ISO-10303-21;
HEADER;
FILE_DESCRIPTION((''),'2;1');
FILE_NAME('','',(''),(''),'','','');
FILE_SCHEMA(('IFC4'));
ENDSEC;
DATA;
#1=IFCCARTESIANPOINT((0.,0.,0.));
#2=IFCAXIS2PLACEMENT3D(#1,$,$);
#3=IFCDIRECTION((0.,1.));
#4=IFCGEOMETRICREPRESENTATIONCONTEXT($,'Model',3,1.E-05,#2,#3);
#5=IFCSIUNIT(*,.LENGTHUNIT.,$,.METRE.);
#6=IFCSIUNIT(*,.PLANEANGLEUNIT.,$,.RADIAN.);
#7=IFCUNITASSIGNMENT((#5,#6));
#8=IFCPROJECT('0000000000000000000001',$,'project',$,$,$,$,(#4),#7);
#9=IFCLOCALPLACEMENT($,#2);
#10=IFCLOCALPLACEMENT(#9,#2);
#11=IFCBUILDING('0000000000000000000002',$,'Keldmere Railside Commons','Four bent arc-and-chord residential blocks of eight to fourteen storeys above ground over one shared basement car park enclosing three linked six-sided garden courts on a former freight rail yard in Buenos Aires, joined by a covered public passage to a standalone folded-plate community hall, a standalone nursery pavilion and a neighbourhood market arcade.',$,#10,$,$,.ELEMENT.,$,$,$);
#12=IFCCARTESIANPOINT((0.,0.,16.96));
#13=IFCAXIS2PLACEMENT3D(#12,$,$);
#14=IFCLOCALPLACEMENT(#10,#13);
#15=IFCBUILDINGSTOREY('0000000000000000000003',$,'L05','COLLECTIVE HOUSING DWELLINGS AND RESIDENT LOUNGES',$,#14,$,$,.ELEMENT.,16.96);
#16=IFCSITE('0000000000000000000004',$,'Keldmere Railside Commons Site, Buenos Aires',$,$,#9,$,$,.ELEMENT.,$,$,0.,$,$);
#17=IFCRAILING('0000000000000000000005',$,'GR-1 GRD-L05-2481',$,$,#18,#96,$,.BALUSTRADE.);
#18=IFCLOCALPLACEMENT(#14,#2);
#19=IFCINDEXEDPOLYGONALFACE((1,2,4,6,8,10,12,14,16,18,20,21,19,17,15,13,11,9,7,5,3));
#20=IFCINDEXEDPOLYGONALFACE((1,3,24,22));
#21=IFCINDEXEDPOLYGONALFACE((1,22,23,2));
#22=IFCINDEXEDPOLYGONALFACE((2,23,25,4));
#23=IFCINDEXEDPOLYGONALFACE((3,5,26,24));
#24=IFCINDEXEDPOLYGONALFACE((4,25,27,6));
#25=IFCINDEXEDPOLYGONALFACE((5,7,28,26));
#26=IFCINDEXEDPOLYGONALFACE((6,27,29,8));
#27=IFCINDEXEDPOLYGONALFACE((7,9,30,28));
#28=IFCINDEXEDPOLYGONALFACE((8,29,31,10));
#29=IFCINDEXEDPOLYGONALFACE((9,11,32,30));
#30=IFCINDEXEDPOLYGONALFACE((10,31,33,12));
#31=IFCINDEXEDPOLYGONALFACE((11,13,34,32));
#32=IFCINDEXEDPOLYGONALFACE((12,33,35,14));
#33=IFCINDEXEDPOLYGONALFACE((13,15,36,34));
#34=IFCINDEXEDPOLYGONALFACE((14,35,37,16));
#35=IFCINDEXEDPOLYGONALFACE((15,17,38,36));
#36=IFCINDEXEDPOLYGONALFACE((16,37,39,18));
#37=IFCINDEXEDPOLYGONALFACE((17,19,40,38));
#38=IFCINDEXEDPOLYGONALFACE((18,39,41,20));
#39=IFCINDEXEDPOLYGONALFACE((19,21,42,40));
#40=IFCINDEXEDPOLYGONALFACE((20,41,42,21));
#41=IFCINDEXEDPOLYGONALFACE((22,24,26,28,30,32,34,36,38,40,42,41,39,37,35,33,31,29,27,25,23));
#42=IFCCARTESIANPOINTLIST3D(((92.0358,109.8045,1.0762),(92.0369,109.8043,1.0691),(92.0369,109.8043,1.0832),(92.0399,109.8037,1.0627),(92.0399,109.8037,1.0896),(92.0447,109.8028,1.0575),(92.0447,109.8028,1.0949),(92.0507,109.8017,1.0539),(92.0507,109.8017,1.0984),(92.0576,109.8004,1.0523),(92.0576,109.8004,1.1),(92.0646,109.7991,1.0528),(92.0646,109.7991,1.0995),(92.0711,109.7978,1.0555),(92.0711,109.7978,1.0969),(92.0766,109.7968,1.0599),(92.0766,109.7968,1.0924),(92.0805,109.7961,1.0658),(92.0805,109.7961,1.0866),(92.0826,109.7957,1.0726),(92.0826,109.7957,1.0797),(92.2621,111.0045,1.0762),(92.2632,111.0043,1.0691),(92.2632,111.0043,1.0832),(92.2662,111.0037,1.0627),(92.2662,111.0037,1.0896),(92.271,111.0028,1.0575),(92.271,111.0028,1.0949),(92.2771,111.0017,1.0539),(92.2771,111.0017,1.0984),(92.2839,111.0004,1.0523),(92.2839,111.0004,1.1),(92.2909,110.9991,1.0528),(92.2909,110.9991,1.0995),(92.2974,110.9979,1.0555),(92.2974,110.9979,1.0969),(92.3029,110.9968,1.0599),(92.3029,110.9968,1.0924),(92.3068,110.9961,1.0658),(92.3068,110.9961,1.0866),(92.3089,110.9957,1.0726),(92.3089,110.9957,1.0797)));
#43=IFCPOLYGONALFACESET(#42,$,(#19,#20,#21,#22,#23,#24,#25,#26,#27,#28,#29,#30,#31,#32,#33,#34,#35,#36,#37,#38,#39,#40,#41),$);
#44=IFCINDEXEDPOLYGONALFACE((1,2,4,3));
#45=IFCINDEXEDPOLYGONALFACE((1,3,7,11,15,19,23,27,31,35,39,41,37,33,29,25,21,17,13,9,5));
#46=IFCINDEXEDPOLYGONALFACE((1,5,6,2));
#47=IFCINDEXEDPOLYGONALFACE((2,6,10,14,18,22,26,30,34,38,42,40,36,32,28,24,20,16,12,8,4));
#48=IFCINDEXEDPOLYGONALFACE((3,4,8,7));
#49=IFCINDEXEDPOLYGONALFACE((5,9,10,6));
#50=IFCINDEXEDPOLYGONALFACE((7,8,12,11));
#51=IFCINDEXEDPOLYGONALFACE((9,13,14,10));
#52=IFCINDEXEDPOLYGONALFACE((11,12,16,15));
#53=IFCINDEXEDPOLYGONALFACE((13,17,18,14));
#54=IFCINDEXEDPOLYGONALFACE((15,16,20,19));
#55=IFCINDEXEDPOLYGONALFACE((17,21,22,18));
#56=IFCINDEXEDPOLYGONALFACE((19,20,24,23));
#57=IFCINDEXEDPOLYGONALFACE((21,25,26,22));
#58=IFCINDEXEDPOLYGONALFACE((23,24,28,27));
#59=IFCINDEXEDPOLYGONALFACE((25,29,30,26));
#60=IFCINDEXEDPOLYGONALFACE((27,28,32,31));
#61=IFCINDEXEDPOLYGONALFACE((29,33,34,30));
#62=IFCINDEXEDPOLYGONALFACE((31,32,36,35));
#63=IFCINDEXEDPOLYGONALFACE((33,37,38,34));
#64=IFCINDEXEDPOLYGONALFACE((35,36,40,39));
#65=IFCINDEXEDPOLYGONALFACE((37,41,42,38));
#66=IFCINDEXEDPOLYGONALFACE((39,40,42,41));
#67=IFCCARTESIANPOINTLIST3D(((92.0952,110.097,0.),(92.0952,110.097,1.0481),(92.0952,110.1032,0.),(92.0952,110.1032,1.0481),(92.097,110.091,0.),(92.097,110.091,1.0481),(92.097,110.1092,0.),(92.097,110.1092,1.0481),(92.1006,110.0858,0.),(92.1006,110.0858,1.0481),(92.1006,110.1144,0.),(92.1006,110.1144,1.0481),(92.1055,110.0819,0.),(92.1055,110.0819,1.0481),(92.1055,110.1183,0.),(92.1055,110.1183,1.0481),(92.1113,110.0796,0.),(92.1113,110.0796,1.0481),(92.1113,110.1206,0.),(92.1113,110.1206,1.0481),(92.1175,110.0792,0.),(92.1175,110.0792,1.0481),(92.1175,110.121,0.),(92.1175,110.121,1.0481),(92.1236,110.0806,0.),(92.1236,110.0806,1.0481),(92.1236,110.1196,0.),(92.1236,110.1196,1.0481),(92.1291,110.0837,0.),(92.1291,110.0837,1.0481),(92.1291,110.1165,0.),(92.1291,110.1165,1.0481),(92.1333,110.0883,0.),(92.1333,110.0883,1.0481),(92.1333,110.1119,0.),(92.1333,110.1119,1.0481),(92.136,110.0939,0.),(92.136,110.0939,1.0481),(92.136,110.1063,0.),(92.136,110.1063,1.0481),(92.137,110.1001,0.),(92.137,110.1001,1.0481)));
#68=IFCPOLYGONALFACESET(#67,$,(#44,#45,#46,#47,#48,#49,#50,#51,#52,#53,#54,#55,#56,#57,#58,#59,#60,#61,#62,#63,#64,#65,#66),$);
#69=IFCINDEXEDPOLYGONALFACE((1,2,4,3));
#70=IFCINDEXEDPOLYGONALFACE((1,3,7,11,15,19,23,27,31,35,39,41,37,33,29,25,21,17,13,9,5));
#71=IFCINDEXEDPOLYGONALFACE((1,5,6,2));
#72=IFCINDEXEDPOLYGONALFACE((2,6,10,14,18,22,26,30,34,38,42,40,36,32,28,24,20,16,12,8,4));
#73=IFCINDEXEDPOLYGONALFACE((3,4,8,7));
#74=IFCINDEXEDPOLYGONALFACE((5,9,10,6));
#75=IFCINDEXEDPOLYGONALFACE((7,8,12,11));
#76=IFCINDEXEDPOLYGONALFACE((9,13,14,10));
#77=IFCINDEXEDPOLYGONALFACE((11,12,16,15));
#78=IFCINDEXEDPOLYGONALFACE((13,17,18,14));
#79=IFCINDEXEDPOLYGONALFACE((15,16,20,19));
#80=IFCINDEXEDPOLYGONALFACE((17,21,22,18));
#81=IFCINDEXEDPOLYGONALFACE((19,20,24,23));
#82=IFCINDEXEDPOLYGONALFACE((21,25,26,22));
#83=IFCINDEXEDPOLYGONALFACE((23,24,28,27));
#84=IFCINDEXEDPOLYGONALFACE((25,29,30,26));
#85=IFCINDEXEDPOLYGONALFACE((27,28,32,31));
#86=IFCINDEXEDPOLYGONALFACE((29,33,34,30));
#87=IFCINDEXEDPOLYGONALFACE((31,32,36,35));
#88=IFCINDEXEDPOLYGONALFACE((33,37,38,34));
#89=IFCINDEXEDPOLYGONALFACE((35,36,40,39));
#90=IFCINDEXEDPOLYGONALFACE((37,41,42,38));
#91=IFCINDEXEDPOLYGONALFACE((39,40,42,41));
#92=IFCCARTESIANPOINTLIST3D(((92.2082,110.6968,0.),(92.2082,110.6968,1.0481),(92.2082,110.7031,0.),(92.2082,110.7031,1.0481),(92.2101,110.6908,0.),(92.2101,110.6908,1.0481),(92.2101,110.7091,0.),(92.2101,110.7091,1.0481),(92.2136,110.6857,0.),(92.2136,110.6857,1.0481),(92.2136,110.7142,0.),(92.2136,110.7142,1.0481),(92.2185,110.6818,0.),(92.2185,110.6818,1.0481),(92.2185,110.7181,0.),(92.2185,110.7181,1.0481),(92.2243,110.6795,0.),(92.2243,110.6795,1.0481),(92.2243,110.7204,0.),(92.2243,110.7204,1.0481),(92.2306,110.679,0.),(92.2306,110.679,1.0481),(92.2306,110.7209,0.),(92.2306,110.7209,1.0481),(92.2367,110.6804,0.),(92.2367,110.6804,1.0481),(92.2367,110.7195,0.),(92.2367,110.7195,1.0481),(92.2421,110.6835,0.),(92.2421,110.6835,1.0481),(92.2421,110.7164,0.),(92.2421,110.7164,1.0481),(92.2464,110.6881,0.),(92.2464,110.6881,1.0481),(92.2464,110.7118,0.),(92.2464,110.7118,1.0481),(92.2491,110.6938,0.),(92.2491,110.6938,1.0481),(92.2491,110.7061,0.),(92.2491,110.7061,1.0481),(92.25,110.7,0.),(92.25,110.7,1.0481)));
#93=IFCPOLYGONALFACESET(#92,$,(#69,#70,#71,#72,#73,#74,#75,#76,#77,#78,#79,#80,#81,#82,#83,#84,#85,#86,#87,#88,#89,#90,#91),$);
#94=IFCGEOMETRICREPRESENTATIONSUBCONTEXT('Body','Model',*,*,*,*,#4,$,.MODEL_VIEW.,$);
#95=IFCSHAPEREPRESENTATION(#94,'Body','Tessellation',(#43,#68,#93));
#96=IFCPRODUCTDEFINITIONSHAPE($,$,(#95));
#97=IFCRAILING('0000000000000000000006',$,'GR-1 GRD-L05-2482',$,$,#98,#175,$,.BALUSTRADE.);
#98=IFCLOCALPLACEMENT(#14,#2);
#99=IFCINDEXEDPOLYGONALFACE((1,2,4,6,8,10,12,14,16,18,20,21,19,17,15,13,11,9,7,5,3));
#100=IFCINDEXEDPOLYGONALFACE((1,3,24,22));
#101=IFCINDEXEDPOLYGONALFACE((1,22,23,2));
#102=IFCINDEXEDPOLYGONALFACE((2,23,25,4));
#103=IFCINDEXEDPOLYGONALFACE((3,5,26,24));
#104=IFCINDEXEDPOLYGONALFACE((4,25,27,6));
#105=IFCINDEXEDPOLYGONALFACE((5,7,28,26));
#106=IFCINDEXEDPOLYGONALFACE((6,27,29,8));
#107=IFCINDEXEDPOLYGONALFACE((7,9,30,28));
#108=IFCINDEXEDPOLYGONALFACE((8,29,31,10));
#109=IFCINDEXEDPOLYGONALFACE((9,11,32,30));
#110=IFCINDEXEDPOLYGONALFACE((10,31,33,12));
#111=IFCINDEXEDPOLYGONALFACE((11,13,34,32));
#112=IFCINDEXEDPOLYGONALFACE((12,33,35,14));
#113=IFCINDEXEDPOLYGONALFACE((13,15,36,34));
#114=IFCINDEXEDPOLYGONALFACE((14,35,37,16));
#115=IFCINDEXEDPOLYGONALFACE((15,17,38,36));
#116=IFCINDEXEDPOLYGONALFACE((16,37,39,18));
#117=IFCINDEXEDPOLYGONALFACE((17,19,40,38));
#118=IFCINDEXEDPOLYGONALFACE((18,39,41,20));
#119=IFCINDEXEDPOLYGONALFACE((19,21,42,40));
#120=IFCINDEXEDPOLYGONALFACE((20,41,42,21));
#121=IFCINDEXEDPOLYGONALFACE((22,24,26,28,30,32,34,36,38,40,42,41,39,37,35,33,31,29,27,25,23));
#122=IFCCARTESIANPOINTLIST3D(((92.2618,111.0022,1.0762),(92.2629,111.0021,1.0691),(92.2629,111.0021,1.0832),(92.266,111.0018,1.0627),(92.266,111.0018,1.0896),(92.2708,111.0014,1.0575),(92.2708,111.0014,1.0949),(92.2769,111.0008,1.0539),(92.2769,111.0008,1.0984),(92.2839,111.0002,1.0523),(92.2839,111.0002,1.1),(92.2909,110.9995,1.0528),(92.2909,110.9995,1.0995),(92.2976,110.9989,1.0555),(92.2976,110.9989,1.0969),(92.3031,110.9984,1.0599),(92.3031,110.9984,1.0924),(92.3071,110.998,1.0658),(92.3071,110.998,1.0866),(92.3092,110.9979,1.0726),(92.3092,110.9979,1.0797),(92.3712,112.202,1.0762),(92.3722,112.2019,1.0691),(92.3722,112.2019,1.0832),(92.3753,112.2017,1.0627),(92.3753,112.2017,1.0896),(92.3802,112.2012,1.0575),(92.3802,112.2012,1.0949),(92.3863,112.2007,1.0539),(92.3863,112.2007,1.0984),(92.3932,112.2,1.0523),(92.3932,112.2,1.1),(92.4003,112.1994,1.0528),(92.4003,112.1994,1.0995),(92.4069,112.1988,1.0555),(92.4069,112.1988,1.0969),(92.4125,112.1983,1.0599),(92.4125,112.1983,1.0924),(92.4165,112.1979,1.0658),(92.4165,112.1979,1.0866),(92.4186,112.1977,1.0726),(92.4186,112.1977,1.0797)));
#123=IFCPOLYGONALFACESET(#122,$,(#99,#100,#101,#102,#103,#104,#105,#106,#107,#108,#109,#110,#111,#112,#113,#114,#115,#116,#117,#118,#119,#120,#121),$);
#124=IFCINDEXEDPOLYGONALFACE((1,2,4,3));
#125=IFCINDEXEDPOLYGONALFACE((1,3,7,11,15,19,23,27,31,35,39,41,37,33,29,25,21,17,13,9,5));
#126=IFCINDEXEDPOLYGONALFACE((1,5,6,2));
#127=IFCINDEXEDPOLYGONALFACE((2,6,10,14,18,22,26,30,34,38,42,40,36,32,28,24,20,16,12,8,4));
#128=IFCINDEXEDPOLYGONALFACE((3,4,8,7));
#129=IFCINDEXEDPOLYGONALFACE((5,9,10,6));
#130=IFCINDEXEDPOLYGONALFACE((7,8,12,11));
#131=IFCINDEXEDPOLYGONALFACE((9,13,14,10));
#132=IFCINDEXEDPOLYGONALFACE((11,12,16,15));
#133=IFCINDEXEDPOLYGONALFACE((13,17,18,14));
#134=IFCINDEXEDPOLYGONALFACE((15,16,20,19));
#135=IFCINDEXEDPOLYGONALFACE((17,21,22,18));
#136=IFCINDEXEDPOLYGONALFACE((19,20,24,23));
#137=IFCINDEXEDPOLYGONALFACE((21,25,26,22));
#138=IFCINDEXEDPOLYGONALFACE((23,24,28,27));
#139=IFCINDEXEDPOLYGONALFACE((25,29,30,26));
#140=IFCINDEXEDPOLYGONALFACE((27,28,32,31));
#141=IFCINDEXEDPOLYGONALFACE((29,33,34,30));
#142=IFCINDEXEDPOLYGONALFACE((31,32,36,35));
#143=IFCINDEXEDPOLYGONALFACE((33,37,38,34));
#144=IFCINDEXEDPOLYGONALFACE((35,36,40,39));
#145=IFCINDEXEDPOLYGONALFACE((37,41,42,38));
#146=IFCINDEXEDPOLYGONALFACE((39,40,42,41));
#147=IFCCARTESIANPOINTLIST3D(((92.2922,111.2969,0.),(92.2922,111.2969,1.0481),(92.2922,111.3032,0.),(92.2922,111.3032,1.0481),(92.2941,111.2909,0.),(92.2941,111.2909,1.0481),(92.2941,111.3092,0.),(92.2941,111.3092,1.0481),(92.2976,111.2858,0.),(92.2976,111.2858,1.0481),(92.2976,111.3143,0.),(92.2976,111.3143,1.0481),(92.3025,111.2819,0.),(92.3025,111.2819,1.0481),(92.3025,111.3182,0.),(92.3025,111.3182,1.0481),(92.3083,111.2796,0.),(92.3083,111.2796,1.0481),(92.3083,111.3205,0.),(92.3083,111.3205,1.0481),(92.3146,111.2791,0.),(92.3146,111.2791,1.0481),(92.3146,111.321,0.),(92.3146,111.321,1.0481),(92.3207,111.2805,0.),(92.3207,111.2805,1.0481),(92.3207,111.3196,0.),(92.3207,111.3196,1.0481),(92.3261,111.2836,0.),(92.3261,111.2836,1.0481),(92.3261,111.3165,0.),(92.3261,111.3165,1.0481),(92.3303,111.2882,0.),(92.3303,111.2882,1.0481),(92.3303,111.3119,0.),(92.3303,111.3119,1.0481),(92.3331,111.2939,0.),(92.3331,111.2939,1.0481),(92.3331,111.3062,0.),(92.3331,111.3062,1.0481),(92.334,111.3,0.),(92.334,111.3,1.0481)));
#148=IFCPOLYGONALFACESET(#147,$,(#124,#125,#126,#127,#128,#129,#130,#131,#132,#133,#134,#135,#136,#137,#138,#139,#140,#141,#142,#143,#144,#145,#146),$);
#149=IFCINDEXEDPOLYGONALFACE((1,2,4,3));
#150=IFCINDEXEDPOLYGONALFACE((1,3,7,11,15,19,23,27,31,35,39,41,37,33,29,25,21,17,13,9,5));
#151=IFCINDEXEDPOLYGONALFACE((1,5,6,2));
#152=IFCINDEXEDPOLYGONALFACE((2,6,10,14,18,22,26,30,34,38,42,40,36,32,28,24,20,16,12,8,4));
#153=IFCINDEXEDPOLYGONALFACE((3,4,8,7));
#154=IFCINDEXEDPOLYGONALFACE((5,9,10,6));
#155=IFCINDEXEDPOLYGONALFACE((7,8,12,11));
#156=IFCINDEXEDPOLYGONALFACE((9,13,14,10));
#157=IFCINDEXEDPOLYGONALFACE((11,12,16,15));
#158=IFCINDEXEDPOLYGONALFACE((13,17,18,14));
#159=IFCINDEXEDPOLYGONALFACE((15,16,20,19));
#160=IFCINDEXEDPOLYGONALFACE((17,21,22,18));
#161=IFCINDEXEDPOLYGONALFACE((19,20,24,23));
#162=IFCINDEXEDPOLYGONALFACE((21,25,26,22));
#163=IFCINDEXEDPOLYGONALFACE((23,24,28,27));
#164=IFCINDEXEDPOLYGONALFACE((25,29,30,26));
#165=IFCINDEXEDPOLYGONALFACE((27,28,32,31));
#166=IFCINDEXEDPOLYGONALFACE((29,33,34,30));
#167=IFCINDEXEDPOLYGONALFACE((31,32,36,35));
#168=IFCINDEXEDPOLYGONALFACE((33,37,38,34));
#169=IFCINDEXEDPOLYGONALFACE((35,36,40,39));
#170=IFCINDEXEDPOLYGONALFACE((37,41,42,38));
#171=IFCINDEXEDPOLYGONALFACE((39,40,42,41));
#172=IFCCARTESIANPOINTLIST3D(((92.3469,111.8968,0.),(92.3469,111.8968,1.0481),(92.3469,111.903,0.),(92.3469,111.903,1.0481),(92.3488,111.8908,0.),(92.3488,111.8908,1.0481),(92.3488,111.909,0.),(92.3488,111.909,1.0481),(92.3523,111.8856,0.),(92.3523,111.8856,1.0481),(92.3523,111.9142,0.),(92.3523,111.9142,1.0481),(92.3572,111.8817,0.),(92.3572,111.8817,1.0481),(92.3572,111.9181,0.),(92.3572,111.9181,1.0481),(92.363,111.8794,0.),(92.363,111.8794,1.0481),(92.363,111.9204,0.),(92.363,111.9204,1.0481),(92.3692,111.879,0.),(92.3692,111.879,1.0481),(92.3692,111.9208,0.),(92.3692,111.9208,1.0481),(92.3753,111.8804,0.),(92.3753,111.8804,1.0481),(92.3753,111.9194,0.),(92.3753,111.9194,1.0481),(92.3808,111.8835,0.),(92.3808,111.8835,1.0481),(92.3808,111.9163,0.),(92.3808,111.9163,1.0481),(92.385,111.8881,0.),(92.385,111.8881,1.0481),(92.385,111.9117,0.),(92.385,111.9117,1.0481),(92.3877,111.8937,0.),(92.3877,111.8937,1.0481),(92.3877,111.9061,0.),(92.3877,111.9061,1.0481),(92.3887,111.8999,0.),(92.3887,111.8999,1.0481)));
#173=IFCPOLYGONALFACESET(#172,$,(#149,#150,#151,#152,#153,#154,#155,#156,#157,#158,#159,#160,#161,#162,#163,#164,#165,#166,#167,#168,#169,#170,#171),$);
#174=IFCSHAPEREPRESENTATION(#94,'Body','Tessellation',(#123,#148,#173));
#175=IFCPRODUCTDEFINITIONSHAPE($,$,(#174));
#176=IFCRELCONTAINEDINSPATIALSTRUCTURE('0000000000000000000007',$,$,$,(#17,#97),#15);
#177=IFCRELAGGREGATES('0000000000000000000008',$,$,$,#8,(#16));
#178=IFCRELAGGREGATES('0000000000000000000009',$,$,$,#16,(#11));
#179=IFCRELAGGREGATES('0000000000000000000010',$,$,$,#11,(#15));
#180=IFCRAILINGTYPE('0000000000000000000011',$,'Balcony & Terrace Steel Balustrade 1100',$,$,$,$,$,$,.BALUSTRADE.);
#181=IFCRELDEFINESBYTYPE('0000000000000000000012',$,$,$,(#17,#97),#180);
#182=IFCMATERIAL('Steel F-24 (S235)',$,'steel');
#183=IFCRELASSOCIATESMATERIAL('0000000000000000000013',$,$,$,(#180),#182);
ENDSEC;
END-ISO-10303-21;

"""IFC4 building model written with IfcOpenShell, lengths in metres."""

from ifc_helpers import new_model, si_unit, direction, frame, origin, origin_2d, place, context, subcontext, project, spatial, circle, extrude, material, type_object, element, save


model = new_model("IFC4")

# Units and contexts
model_context = context("Model", 3, precision=1e-05, world=origin(), true_north=direction((0.0, 1.0)))
body_context = subcontext(model_context, "Body", "Model", "MODEL_VIEW")
ifc_project = project(units=[si_unit("LENGTHUNIT", "METRE"), si_unit("PLANEANGLEUNIT", "RADIAN")], contexts=[model_context])

# Site, building, storey
site_placement = place(None, origin())
site = spatial("IfcSite", under=ifc_project, at=site_placement, Name="Keldmere Railside Commons Site, Buenos Aires", CompositionType="ELEMENT", RefElevation=0.0)
building_placement = place(site_placement, origin())
building = spatial("IfcBuilding", under=site, at=building_placement, Name="Keldmere Railside Commons", Description="Four bent arc-and-chord residential blocks of eight to fourteen storeys above ground over one shared basement car park enclosing three linked six-sided garden courts on a former freight rail yard in Buenos Aires, joined by a covered public passage to a standalone folded-plate community hall, a standalone nursery pavilion and a neighbourhood market arcade.", CompositionType="ELEMENT")
storey_placement = place(building_placement, frame((0.0, 0.0, 16.96)))
storey = spatial("IfcBuildingStorey", under=building, at=storey_placement, Name="L05", Description="COLLECTIVE HOUSING DWELLINGS AND RESIDENT LOUNGES", CompositionType="ELEMENT", Elevation=16.96)

# Railings
ifc_material_1 = material(Name="Steel F-24 (S235)", Category="steel")
railing_type = type_object("IfcRailingType", Name="Balcony & Terrace Steel Balustrade 1100", PredefinedType="BALUSTRADE", material=ifc_material_1)
railing_1_placement = place(storey_placement, frame((92.0593, 109.8, 0.0)))
element("IfcRailing", 1, at=railing_1_placement, inside=storey, type_object=railing_type, Name="GR-1 GRD-L05-2481", PredefinedType="BALUSTRADE", context=body_context, shape_type="SweptSolid", body=[
    extrude(circle(Radius=0.0239, at=origin_2d()), frame((0.0, 0.0, 1.0762), z_axis=(0.185339, 0.982675, 0.0), x_axis=(-0.982675, 0.185339, 0.0)), (0.0, 0.0, 1.0), 1.2212),
    extrude(circle(Radius=0.021, at=origin_2d()), frame((0.0566, 0.3, 0.0)), (0.0, 0.0, 1.0), 1.0481),
    extrude(circle(Radius=0.021, at=origin_2d()), frame((0.1697, 0.8999, 0.0)), (0.0, 0.0, 1.0), 1.0481),
])
railing_2_placement = place(storey_placement, frame((92.2856, 111.0, 0.0)))
element("IfcRailing", 2, at=railing_2_placement, inside=storey, type_object=railing_type, Name="GR-1 GRD-L05-2482", PredefinedType="BALUSTRADE", context=body_context, shape_type="SweptSolid", body=[
    extrude(circle(Radius=0.0239, at=origin_2d()), frame((0.0, 0.0, 1.0762), z_axis=(0.090773, 0.995872, 0.0), x_axis=(-0.995872, 0.090773, 0.0)), (0.0, 0.0, 1.0), 1.2048),
    extrude(circle(Radius=0.021, at=origin_2d()), frame((0.0273, 0.3, 0.0)), (0.0, 0.0, 1.0), 1.0481),
    extrude(circle(Radius=0.021, at=origin_2d()), frame((0.082, 0.8999, 0.0)), (0.0, 0.0, 1.0), 1.0481),
])

save(model, "model.ifc")
